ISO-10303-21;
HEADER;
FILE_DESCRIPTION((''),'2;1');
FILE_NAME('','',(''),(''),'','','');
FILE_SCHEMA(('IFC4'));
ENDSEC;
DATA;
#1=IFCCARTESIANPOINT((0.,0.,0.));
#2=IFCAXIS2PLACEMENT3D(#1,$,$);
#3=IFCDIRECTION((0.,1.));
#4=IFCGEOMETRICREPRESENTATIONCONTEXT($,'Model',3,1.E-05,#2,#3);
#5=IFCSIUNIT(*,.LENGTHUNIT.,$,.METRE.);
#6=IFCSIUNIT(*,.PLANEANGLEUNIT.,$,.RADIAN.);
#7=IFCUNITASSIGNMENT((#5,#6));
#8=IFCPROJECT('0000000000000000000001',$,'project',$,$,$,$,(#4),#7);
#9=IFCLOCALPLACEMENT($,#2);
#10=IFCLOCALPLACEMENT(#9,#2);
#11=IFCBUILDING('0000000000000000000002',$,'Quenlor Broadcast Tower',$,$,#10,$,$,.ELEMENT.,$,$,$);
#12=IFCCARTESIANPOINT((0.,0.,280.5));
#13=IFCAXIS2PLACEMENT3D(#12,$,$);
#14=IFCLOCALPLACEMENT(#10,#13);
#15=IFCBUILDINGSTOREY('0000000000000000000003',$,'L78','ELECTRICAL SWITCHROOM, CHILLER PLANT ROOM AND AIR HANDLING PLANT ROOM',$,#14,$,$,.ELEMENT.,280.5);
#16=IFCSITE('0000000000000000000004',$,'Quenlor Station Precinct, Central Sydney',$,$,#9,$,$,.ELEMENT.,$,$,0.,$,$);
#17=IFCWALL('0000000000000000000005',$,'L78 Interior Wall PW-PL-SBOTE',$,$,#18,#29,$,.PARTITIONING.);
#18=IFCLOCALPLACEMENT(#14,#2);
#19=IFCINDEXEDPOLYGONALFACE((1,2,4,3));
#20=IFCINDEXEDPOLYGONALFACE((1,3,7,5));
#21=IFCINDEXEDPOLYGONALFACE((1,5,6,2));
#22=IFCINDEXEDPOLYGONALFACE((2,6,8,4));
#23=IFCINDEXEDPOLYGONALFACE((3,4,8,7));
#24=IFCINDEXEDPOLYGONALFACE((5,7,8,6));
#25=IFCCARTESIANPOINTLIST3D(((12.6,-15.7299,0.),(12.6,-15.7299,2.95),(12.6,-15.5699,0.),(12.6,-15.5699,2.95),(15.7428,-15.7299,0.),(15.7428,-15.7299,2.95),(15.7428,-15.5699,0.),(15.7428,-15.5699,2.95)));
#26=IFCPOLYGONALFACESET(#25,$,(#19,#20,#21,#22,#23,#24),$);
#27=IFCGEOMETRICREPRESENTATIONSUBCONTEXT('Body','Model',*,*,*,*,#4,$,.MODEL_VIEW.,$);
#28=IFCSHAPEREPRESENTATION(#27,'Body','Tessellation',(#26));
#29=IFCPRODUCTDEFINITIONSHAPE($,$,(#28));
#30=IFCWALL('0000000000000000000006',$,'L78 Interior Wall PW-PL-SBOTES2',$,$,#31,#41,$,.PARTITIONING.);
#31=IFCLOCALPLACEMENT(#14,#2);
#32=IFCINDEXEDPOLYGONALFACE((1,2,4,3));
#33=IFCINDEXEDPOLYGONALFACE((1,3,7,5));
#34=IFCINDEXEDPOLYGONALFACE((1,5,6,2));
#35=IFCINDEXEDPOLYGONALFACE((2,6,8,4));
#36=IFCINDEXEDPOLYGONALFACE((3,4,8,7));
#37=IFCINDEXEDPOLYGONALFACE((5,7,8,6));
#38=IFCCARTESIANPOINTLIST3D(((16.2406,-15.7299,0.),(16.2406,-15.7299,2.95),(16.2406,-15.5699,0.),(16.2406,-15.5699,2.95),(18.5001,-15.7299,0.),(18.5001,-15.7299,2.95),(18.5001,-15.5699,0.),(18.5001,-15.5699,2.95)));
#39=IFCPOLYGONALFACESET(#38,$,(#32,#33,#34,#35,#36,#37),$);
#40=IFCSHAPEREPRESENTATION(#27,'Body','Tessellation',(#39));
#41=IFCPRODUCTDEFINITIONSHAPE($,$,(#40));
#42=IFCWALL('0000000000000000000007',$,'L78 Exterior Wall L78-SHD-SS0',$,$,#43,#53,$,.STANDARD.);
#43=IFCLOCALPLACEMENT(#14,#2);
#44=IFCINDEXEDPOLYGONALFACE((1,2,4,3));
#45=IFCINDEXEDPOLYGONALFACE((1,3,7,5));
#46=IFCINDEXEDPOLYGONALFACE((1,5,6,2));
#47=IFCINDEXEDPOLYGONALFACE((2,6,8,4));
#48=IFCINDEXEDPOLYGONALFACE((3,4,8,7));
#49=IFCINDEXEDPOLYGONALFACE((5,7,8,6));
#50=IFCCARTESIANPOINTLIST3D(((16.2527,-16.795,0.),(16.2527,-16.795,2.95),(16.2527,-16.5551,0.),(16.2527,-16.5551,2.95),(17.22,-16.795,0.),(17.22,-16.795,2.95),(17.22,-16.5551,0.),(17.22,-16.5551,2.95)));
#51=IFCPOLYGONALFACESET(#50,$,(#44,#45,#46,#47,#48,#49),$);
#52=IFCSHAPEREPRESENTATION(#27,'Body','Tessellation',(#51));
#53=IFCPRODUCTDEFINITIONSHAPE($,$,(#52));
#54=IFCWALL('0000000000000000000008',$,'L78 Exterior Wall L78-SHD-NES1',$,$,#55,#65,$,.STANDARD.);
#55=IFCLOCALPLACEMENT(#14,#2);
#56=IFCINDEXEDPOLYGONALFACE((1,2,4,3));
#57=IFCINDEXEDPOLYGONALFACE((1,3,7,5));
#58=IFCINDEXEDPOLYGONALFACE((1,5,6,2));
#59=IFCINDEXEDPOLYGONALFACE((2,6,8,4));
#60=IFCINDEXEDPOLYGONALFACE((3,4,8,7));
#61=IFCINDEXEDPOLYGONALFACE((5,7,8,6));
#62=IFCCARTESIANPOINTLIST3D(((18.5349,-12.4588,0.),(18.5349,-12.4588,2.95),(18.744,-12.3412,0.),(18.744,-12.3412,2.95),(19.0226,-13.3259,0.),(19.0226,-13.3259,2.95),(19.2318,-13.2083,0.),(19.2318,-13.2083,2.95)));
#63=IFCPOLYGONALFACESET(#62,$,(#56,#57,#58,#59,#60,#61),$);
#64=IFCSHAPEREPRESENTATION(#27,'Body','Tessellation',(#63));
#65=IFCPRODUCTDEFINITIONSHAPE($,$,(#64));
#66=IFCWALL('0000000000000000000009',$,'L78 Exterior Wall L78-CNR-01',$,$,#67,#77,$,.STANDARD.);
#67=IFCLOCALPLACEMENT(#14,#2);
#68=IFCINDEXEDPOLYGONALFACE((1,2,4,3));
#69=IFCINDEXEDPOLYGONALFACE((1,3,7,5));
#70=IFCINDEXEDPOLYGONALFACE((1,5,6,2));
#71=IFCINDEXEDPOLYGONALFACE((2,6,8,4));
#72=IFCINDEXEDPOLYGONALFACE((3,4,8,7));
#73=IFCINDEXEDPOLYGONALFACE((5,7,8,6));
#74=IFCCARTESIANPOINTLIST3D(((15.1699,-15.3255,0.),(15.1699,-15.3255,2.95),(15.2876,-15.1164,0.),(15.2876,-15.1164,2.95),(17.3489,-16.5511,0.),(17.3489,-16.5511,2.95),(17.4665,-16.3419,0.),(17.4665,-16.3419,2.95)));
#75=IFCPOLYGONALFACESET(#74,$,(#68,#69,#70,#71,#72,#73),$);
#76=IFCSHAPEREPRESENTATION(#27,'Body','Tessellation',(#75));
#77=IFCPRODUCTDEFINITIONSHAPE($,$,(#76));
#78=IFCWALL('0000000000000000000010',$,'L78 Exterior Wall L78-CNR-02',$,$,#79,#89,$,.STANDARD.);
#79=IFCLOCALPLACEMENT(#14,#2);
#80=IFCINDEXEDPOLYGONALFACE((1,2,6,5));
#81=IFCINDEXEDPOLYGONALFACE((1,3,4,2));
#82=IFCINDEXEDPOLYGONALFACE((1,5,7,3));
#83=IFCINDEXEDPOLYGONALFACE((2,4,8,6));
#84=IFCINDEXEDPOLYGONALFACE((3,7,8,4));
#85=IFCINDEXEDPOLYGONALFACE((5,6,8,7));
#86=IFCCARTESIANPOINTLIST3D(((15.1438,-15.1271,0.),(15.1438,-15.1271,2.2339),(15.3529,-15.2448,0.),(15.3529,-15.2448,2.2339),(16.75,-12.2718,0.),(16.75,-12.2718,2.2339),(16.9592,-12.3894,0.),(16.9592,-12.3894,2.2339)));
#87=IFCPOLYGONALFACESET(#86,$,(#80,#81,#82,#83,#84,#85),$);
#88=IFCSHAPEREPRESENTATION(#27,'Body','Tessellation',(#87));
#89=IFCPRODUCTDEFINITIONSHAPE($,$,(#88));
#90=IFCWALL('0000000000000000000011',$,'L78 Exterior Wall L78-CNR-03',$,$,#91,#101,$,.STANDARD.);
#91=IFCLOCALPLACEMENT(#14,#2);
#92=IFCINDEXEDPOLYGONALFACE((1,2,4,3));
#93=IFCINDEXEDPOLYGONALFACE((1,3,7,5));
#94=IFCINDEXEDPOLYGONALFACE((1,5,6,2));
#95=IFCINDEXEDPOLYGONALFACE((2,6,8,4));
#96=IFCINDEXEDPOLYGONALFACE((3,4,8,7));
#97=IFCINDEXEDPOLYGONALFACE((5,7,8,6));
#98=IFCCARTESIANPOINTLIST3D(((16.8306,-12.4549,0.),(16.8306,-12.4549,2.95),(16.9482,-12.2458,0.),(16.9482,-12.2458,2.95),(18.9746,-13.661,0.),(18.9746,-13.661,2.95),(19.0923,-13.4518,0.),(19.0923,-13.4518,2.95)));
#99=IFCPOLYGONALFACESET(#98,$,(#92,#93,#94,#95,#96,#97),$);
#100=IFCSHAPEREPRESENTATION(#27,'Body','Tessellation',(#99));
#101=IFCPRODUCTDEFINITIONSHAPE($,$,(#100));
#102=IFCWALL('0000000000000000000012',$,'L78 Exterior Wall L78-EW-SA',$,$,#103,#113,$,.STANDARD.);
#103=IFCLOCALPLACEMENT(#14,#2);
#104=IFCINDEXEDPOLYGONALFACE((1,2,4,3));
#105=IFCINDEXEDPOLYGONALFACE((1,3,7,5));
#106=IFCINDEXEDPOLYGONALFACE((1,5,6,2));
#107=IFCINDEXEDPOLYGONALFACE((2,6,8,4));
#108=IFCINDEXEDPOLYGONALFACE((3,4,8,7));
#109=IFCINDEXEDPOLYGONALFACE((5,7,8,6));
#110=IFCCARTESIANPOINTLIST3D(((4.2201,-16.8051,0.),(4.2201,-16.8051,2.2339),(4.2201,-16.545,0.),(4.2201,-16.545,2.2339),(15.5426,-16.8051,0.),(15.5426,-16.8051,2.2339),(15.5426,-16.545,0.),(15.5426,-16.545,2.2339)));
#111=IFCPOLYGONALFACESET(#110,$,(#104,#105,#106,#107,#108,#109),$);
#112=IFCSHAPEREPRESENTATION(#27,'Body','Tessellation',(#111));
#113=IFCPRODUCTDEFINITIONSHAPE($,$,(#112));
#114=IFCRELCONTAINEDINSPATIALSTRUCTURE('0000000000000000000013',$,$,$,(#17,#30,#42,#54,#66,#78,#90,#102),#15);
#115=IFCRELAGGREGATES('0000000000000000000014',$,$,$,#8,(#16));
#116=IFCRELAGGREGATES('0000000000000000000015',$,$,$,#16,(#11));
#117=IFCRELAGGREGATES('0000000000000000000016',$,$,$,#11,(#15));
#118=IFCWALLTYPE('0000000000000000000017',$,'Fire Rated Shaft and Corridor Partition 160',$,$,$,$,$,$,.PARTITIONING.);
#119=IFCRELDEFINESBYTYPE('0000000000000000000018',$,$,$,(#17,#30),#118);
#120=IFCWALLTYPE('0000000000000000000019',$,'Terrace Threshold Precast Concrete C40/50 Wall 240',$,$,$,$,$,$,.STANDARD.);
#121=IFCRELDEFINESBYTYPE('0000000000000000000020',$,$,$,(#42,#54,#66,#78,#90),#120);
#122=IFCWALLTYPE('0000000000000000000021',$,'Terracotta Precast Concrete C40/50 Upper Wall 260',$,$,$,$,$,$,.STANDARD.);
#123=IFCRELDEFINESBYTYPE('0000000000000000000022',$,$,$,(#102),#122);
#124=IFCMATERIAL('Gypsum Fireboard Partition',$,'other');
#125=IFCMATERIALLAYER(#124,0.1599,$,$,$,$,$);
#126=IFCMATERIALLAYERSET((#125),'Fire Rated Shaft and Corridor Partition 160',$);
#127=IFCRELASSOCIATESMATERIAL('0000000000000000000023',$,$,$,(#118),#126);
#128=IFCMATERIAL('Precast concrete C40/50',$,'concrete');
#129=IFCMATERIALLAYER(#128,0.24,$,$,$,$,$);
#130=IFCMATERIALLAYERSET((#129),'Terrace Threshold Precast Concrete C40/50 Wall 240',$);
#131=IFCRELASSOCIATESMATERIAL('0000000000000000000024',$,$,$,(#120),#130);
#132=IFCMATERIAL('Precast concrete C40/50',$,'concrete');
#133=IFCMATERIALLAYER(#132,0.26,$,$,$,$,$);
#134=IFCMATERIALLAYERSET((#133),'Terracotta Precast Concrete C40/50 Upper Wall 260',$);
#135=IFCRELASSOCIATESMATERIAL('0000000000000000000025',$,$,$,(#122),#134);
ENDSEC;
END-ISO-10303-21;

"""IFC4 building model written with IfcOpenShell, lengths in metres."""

from ifc_helpers import new_model, si_unit, direction, frame, frame_2d, origin, place, context, subcontext, project, spatial, rectangle, extrude, material, layer, layer_set, type_object, element, save


model = new_model("IFC4")

# Units and contexts
model_context = context("Model", 3, precision=1e-05, world=origin(), true_north=direction((0.0, 1.0)))
body_context = subcontext(model_context, "Body", "Model", "MODEL_VIEW")
ifc_project = project(units=[si_unit("LENGTHUNIT", "METRE"), si_unit("PLANEANGLEUNIT", "RADIAN")], contexts=[model_context])

# Site, building, storey
site_placement = place(None, origin())
site = spatial("IfcSite", under=ifc_project, at=site_placement, Name="Quenlor Station Precinct, Central Sydney", CompositionType="ELEMENT", RefElevation=0.0)
building_placement = place(site_placement, origin())
building = spatial("IfcBuilding", under=site, at=building_placement, Name="Quenlor Broadcast Tower", CompositionType="ELEMENT")
storey_placement = place(building_placement, frame((0.0, 0.0, 280.5)))
storey = spatial("IfcBuildingStorey", under=building, at=storey_placement, Name="L78", Description="ELECTRICAL SWITCHROOM, CHILLER PLANT ROOM AND AIR HANDLING PLANT ROOM", CompositionType="ELEMENT", Elevation=280.5)

# Walls
ifc_material_1 = material(Name="Gypsum Fireboard Partition", Category="other")
ifc_layer_1 = layer(ifc_material_1, 0.1599)
ifc_layer_set_1 = layer_set([ifc_layer_1], Name="Fire Rated Shaft and Corridor Partition 160")
wall_type_1 = type_object("IfcWallType", Name="Fire Rated Shaft and Corridor Partition 160", PredefinedType="PARTITIONING", material=ifc_layer_set_1)
wall_1_placement = place(storey_placement, frame((12.6001, -15.6499, 0.0), z_axis=(0.0, 0.0, 1.0), x_axis=(1.0, 0.0, 0.0)))
element("IfcWall", 1, at=wall_1_placement, inside=storey, type_object=wall_type_1, Name="L78 Interior Wall PW-PL-SBOTE", PredefinedType="PARTITIONING", context=body_context, shape_type="SweptSolid", body=[
    extrude(rectangle(XDim=3.1428, YDim=0.1599, at=frame_2d((1.5713, 0.0))), origin(), (0.0, 0.0, 1.0), 2.95),
])
wall_2_placement = place(storey_placement, frame((16.2405, -15.6499, 0.0), z_axis=(0.0, 0.0, 1.0), x_axis=(1.0, 0.0, 0.0)))
element("IfcWall", 2, at=wall_2_placement, inside=storey, type_object=wall_type_1, Name="L78 Interior Wall PW-PL-SBOTES2", PredefinedType="PARTITIONING", context=body_context, shape_type="SweptSolid", body=[
    extrude(rectangle(XDim=2.2595, YDim=0.1599, at=frame_2d((1.1299, 0.0))), origin(), (0.0, 0.0, 1.0), 2.95),
])
ifc_material_2 = material(Name="Precast concrete C40/50", Category="concrete")
ifc_layer_2 = layer(ifc_material_2, 0.24)
ifc_layer_set_2 = layer_set([ifc_layer_2], Name="Terrace Threshold Precast Concrete C40/50 Wall 240")
wall_type_2 = type_object("IfcWallType", Name="Terrace Threshold Precast Concrete C40/50 Wall 240", PredefinedType="STANDARD", material=ifc_layer_set_2)
wall_3_placement = place(storey_placement, frame((17.22, -16.675, 0.0), z_axis=(0.0, 0.0, 1.0), x_axis=(-1.0, 0.0, 0.0)))
element("IfcWall", 3, at=wall_3_placement, inside=storey, type_object=wall_type_2, Name="L78 Exterior Wall L78-SHD-SS0", PredefinedType="STANDARD", context=body_context, shape_type="SweptSolid", body=[
    extrude(rectangle(XDim=0.9673, YDim=0.24, at=frame_2d((0.4836, 0.0))), origin(), (0.0, 0.0, 1.0), 2.95),
])
wall_4_placement = place(storey_placement, frame((18.6394, -12.3999, 0.0), z_axis=(0.0, 0.0, 1.0), x_axis=(0.490261, -0.871576, 0.0)))
element("IfcWall", 4, at=wall_4_placement, inside=storey, type_object=wall_type_2, Name="L78 Exterior Wall L78-SHD-NES1", PredefinedType="STANDARD", context=body_context, shape_type="SweptSolid", body=[
    extrude(rectangle(XDim=0.9949, YDim=0.24, at=frame_2d((0.4976, 0.0))), origin(), (0.0, 0.0, 1.0), 2.95),
])
wall_5_placement = place(storey_placement, frame((17.4077, -16.4465, 0.0), z_axis=(0.0, 0.0, 1.0), x_axis=(-0.871589, 0.490238, 0.0)))
element("IfcWall", 5, at=wall_5_placement, inside=storey, type_object=wall_type_2, Name="L78 Exterior Wall L78-CNR-01", PredefinedType="STANDARD", context=body_context, shape_type="SweptSolid", body=[
    extrude(rectangle(XDim=2.5, YDim=0.24, at=frame_2d((1.25, 0.0))), origin(), (0.0, 0.0, 1.0), 2.95),
])
wall_6_placement = place(storey_placement, frame((15.2483, -15.186, 0.0), z_axis=(0.0, 0.0, 1.0), x_axis=(0.490293, 0.871558, 0.0)))
element("IfcWall", 6, at=wall_6_placement, inside=storey, type_object=wall_type_2, Name="L78 Exterior Wall L78-CNR-02", PredefinedType="STANDARD", context=body_context, shape_type="SweptSolid", body=[
    extrude(rectangle(XDim=3.2761, YDim=0.24, at=frame_2d((1.6382, 0.0))), origin(), (0.0, 0.0, 1.0), 2.2339),
])
wall_7_placement = place(storey_placement, frame((16.8894, -12.3503, 0.0), z_axis=(0.0, 0.0, 1.0), x_axis=(0.87157, -0.490271, 0.0)))
element("IfcWall", 7, at=wall_7_placement, inside=storey, type_object=wall_type_2, Name="L78 Exterior Wall L78-CNR-03", PredefinedType="STANDARD", context=body_context, shape_type="SweptSolid", body=[
    extrude(rectangle(XDim=2.46, YDim=0.24, at=frame_2d((1.23, 0.0))), origin(), (0.0, 0.0, 1.0), 2.95),
])
ifc_material_3 = material(Name="Precast concrete C40/50", Category="concrete")
ifc_layer_3 = layer(ifc_material_3, 0.26)
ifc_layer_set_3 = layer_set([ifc_layer_3], Name="Terracotta Precast Concrete C40/50 Upper Wall 260")
wall_type_3 = type_object("IfcWallType", Name="Terracotta Precast Concrete C40/50 Upper Wall 260", PredefinedType="STANDARD", material=ifc_layer_set_3)
wall_8_placement = place(storey_placement, frame((15.5425, -16.675, 0.0), z_axis=(0.0, 0.0, 1.0), x_axis=(-1.0, 0.0, 0.0)))
element("IfcWall", 8, at=wall_8_placement, inside=storey, type_object=wall_type_3, Name="L78 Exterior Wall L78-EW-SA", PredefinedType="STANDARD", context=body_context, shape_type="SweptSolid", body=[
    extrude(rectangle(XDim=11.3225, YDim=0.26, at=frame_2d((5.6611, 0.0))), origin(), (0.0, 0.0, 1.0), 2.2339),
])

save(model, "model.ifc")
